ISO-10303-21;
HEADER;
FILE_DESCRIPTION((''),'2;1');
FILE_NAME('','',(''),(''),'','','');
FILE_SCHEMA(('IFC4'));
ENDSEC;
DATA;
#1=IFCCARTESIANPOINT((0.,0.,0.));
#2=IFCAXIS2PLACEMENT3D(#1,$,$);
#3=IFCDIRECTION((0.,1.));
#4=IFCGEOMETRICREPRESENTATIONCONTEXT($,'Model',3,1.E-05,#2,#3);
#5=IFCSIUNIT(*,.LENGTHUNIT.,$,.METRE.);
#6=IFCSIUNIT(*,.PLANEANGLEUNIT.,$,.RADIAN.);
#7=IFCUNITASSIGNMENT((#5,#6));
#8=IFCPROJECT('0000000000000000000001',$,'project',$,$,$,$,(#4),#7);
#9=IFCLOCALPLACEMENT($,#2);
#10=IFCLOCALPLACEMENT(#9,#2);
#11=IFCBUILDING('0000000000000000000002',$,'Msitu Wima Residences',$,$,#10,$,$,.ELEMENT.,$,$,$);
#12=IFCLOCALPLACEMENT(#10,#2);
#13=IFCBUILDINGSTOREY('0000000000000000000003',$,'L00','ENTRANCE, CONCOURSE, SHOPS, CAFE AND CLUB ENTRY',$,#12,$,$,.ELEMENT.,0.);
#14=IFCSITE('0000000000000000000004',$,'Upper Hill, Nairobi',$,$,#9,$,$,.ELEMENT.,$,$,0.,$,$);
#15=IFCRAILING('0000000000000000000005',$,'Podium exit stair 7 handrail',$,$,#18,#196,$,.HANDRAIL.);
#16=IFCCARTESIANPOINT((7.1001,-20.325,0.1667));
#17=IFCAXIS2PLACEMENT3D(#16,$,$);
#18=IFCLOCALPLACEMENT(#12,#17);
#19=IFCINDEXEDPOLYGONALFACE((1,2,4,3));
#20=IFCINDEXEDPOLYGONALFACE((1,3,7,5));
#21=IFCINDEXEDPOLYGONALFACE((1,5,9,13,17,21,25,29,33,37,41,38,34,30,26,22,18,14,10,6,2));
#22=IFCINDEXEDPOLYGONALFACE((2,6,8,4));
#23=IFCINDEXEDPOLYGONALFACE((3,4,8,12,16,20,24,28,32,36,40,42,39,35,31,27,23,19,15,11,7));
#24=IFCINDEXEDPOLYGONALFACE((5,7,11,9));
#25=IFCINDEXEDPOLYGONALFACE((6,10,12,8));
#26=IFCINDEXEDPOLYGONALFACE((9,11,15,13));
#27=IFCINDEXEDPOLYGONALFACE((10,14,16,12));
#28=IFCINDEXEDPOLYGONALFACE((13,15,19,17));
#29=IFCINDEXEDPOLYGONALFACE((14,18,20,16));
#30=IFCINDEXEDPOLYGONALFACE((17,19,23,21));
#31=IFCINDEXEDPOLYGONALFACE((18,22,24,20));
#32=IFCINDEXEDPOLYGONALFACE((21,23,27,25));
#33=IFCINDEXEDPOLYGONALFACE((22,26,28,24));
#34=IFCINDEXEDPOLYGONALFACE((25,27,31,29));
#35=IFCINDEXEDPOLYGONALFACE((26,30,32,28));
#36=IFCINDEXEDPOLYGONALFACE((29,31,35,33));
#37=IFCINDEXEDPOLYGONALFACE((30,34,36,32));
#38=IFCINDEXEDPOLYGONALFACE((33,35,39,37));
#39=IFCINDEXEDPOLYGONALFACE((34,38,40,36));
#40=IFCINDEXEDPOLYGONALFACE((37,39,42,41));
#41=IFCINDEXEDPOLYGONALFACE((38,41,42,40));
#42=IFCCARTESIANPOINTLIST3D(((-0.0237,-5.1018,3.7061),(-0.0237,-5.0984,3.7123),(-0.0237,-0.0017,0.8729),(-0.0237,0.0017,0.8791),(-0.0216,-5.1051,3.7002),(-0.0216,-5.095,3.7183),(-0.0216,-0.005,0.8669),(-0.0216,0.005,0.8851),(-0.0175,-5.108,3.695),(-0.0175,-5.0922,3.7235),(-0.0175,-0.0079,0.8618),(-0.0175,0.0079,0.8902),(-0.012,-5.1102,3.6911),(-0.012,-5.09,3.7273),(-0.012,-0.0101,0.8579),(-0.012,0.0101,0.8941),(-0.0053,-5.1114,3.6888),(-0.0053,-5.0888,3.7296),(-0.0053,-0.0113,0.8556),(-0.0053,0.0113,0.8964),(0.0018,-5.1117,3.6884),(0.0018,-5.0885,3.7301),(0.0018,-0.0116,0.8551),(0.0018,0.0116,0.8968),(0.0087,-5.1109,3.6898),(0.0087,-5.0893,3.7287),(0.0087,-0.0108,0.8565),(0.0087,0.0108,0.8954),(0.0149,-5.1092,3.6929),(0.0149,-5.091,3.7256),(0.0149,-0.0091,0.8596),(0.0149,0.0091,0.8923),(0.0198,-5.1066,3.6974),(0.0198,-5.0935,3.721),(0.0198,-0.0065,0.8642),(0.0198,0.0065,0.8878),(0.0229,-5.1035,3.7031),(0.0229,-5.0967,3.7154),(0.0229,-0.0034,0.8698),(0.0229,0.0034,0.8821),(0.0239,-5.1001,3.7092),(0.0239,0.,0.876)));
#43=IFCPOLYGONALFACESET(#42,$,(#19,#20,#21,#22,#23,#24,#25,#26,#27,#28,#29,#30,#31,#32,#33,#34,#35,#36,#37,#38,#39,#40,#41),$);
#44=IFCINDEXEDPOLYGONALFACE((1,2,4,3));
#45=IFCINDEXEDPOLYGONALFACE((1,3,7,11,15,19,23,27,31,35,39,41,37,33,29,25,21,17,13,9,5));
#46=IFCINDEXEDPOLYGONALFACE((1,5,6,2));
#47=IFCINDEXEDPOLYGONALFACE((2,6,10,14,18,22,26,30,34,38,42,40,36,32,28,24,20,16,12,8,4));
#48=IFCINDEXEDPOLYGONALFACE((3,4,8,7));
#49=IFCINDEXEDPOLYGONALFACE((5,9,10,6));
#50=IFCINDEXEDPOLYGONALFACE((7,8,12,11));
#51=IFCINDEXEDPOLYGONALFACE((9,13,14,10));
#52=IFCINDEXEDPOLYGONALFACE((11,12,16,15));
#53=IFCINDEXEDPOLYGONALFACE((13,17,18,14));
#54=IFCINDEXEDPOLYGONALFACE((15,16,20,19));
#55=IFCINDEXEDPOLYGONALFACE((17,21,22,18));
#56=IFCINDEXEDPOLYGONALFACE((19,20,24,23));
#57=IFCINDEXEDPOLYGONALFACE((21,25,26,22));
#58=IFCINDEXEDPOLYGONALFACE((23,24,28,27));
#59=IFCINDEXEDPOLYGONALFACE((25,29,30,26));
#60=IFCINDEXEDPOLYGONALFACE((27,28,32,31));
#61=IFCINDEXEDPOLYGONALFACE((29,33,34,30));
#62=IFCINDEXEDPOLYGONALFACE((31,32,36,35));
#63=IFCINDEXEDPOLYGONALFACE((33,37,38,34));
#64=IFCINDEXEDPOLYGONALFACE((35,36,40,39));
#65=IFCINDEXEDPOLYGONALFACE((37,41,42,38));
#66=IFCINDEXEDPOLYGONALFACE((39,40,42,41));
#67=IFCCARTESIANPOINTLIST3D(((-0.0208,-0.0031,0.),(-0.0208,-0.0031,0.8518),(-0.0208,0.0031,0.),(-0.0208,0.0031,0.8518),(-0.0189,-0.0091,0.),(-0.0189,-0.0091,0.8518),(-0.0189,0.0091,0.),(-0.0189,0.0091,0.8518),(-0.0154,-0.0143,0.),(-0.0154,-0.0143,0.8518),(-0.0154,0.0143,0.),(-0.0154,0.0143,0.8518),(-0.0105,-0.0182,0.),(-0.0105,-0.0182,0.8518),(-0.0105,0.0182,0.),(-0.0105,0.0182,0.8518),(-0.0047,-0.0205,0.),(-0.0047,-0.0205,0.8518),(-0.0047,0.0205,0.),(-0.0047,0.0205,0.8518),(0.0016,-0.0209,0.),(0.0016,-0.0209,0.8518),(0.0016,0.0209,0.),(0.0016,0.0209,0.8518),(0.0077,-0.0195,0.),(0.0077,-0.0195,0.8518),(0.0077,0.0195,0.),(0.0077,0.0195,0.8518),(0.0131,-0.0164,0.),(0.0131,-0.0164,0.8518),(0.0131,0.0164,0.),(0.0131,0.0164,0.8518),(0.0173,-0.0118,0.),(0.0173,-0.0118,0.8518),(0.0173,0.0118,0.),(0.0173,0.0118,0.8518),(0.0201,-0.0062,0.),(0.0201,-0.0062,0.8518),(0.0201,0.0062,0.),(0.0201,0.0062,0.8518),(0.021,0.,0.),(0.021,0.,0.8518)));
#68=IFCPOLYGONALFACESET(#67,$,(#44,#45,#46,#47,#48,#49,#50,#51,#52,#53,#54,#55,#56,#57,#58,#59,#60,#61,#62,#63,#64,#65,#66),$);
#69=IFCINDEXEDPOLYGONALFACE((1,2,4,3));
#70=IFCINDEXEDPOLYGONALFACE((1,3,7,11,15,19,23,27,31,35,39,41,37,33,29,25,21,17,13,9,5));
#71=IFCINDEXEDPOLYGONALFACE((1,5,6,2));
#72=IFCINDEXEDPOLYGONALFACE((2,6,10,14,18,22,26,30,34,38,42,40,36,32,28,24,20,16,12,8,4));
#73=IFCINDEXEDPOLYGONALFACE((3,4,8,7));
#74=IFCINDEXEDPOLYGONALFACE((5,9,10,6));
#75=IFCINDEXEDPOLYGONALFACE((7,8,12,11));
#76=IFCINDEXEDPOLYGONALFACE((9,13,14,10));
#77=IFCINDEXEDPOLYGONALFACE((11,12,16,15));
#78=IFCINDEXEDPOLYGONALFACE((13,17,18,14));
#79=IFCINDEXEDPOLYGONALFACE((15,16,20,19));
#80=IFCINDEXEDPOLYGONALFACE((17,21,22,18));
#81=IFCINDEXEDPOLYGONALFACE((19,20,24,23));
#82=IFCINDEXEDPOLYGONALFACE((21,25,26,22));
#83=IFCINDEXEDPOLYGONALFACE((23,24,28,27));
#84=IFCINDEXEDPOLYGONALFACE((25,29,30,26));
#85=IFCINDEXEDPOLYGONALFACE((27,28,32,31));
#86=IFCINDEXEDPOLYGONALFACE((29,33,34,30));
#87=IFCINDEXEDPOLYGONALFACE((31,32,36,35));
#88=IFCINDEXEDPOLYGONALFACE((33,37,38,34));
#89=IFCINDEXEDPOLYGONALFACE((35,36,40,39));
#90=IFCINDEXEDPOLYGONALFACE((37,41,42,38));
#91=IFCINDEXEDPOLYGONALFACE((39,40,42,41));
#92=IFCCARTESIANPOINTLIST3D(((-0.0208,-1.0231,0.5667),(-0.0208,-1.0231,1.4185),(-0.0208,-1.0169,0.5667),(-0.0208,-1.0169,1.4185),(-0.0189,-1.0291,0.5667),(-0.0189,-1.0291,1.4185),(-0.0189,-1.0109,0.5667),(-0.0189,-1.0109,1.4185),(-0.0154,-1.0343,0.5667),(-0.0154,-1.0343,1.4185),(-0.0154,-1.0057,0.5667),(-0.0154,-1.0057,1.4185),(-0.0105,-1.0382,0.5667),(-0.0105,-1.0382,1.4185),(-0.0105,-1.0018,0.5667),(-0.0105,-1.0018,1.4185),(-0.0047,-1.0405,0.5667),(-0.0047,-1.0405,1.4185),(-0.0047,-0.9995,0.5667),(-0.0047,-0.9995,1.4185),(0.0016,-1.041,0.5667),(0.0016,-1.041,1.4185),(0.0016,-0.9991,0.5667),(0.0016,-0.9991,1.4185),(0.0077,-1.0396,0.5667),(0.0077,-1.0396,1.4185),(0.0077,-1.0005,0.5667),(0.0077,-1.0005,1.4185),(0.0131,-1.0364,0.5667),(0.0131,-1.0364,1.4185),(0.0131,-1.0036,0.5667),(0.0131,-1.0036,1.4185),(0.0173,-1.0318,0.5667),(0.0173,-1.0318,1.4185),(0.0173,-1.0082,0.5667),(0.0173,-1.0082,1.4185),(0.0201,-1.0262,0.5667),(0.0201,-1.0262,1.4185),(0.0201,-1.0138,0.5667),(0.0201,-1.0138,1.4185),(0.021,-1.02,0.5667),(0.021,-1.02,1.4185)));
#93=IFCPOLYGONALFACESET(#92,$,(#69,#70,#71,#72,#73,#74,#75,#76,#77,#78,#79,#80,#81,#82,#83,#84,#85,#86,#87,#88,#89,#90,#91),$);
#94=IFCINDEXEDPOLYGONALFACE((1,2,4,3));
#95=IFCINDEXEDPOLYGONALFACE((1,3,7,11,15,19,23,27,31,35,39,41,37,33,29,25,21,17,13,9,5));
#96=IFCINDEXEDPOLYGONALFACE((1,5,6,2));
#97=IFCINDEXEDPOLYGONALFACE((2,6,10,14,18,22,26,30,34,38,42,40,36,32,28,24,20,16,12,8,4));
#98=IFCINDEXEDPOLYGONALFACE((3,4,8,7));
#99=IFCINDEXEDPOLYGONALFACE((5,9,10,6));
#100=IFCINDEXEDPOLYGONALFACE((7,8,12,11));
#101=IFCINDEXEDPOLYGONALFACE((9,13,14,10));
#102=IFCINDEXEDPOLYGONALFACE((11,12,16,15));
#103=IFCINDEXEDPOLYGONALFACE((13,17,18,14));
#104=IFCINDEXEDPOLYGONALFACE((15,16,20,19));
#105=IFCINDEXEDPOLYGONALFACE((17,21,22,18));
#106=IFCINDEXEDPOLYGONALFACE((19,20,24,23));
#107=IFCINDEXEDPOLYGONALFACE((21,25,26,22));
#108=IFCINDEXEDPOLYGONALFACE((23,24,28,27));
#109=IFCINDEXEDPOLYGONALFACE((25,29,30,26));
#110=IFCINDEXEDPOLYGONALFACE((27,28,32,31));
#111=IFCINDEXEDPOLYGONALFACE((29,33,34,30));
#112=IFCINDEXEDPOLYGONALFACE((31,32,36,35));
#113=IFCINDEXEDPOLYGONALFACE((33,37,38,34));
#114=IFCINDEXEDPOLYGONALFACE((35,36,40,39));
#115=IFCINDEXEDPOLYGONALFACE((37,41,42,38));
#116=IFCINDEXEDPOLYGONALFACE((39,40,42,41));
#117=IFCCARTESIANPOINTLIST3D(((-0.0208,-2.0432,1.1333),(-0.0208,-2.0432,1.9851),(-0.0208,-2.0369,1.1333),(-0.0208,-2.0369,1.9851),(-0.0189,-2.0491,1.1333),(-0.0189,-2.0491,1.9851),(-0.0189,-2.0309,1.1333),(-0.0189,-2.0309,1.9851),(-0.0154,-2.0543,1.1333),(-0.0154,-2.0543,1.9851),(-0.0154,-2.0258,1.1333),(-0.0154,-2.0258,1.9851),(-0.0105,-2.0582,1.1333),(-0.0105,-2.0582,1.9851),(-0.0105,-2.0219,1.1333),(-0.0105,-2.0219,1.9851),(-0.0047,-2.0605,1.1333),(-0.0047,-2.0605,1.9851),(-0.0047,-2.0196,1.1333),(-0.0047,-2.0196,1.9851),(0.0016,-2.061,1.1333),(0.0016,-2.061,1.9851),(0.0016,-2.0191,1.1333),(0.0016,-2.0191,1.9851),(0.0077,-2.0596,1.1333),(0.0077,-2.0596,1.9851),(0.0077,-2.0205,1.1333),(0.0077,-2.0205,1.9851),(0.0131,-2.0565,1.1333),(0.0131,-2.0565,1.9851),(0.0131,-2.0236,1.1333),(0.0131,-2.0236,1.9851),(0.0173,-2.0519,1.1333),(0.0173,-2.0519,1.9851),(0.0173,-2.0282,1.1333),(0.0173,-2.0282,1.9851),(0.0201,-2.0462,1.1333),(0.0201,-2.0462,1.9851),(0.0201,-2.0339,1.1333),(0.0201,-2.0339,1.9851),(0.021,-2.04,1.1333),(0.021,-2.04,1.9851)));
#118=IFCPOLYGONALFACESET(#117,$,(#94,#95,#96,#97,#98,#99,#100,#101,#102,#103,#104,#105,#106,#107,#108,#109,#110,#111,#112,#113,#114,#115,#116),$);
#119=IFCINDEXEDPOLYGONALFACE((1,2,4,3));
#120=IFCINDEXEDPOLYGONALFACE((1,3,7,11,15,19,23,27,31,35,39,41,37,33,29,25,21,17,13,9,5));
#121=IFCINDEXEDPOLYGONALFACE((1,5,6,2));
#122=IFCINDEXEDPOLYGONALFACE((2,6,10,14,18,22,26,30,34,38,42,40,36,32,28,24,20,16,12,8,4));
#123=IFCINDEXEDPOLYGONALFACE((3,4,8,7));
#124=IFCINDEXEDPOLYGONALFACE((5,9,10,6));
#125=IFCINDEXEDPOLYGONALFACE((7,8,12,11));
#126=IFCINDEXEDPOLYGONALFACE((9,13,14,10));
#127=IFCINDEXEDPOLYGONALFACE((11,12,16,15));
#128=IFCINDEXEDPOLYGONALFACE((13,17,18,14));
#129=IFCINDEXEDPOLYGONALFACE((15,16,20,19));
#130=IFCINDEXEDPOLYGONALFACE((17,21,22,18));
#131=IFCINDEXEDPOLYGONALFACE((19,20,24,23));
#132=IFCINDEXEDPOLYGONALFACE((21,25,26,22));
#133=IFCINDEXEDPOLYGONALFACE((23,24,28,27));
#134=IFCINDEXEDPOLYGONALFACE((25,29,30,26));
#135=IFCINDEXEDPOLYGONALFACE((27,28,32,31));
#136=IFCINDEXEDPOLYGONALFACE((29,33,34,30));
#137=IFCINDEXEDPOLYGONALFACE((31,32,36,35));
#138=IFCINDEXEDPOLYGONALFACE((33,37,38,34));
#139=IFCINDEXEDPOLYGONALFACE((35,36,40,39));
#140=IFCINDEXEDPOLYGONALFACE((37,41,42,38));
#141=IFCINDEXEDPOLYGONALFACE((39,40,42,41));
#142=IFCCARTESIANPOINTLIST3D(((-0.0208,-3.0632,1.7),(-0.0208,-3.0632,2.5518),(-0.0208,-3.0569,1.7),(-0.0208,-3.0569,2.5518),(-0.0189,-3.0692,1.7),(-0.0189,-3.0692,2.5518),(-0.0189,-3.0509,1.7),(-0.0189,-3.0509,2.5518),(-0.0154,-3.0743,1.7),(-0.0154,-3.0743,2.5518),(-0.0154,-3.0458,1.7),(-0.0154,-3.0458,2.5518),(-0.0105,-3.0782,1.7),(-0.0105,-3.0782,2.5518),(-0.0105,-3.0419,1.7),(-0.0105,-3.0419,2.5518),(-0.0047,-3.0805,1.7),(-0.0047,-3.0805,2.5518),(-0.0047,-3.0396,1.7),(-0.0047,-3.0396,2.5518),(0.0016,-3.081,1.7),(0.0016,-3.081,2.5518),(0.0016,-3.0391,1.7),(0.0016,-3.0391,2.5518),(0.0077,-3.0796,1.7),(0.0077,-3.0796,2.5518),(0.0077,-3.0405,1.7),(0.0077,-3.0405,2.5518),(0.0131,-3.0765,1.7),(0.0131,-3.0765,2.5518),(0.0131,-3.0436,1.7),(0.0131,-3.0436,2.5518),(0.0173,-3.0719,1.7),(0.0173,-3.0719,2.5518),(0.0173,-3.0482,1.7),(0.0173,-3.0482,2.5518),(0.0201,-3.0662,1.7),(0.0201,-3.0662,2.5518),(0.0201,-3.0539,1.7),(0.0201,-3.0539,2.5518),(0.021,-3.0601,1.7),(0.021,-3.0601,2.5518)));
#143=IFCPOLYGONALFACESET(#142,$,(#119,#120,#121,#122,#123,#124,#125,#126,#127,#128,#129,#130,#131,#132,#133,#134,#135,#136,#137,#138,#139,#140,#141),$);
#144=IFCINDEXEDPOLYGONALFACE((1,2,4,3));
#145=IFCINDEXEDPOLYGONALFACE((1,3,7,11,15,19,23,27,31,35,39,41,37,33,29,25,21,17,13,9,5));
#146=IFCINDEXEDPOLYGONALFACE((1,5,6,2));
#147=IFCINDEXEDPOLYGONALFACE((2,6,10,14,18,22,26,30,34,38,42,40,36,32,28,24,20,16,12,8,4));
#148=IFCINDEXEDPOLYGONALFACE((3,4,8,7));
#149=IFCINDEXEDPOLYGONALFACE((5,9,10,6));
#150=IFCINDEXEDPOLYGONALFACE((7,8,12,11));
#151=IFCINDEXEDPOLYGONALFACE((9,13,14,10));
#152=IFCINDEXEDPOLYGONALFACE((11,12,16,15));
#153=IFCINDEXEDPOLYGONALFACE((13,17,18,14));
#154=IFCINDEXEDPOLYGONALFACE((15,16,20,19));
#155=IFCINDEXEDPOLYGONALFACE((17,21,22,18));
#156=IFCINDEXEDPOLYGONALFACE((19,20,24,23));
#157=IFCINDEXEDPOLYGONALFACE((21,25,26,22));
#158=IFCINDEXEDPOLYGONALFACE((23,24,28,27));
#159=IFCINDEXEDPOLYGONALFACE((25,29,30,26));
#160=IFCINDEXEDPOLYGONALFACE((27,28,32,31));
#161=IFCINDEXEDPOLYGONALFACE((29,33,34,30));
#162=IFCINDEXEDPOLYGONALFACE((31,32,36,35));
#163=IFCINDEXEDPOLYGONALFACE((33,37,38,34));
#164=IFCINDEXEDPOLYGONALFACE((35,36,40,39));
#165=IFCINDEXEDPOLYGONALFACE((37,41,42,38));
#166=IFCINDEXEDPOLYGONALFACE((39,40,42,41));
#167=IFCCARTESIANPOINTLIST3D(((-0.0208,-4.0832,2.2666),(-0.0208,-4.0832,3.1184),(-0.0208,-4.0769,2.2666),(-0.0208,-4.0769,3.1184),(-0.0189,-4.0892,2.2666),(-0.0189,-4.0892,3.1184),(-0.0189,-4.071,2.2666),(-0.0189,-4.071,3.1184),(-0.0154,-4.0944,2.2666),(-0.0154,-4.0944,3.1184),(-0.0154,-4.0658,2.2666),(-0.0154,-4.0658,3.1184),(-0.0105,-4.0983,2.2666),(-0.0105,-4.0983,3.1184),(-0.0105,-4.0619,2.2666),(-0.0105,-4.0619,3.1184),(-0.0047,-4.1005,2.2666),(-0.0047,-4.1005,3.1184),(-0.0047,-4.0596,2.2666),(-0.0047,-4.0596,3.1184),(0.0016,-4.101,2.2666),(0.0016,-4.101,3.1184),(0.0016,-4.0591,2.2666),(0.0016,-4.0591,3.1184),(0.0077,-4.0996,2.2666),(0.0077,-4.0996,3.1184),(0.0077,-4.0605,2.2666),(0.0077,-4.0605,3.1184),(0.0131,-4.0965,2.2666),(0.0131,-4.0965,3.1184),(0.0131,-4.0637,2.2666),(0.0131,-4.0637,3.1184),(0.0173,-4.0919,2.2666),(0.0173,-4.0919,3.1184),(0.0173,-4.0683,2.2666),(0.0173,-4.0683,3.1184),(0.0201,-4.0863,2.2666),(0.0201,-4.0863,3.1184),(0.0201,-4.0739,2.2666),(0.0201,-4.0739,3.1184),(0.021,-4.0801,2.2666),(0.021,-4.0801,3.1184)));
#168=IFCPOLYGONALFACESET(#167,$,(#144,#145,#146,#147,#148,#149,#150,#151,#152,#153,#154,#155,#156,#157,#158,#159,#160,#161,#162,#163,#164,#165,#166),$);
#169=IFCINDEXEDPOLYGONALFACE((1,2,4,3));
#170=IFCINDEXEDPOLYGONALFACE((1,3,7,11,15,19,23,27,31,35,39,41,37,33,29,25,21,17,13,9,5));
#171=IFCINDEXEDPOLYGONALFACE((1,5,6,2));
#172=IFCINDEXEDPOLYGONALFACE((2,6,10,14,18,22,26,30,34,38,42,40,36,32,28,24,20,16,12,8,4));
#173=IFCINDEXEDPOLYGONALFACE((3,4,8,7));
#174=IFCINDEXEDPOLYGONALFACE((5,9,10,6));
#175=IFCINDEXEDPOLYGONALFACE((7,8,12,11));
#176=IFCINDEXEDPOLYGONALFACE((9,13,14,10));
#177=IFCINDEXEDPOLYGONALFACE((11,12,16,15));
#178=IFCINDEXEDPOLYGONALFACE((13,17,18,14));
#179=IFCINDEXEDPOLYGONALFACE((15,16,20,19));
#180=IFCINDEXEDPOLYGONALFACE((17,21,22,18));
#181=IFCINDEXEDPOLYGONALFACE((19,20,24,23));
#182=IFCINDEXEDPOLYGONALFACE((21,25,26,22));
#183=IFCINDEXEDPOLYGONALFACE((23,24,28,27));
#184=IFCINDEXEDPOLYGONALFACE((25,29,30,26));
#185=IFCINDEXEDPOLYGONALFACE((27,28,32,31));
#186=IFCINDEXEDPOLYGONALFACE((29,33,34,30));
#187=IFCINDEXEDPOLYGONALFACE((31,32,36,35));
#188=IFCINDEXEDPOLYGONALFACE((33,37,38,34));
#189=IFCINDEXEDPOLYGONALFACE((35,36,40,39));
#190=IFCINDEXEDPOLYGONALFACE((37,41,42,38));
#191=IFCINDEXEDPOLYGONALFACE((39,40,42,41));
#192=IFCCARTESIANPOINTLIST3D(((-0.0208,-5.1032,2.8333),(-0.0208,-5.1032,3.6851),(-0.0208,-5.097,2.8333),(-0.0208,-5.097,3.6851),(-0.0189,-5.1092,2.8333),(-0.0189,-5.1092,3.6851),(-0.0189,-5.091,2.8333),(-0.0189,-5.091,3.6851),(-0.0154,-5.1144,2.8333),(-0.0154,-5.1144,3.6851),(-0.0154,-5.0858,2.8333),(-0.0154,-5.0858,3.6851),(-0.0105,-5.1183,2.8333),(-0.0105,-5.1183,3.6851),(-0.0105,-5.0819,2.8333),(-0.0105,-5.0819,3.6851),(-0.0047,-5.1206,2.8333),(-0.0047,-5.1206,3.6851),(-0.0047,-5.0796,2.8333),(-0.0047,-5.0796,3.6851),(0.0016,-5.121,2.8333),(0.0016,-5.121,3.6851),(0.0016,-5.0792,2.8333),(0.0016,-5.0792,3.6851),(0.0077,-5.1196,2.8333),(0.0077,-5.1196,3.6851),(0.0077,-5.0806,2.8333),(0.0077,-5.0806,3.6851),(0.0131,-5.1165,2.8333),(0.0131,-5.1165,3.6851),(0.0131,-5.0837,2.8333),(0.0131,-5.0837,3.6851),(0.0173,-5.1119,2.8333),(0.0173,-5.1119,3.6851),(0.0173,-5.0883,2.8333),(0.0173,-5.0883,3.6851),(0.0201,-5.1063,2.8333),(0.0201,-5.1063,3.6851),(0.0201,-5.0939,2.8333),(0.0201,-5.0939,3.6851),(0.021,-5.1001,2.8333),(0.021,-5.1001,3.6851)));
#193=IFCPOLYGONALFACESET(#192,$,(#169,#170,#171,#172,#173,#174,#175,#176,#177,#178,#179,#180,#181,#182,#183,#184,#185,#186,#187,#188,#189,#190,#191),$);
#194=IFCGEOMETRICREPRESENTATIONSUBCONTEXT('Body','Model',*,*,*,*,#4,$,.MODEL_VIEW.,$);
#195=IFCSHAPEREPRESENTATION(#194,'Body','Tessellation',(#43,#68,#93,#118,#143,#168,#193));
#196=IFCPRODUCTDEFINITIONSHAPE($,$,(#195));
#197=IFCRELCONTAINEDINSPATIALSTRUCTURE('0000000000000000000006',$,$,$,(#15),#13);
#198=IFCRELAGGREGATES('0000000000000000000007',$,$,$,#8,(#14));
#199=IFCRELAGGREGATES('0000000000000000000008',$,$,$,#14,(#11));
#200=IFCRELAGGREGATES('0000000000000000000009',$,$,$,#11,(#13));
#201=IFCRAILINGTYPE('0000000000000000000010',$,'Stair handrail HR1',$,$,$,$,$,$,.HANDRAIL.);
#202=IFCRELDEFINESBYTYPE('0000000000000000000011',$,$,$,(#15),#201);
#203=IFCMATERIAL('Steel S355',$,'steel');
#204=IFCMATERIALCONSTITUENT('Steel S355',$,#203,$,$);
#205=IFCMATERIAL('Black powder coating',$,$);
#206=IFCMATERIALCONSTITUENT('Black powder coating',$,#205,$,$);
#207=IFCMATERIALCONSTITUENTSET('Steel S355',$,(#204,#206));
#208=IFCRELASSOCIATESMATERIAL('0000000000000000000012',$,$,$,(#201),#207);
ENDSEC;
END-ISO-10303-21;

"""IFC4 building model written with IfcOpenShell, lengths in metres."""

from ifc_helpers import new_model, si_unit, direction, frame, origin, origin_2d, place, context, subcontext, project, spatial, circle, extrude, material, constituent, constituent_set, type_object, element, save


model = new_model("IFC4")

# Units and contexts
model_context = context("Model", 3, precision=1e-05, world=origin(), true_north=direction((0.0, 1.0)))
body_context = subcontext(model_context, "Body", "Model", "MODEL_VIEW")
ifc_project = project(units=[si_unit("LENGTHUNIT", "METRE"), si_unit("PLANEANGLEUNIT", "RADIAN")], contexts=[model_context])

# Site, building, storey
site_placement = place(None, origin())
site = spatial("IfcSite", under=ifc_project, at=site_placement, Name="Upper Hill, Nairobi", CompositionType="ELEMENT", RefElevation=0.0)
building_placement = place(site_placement, origin())
building = spatial("IfcBuilding", under=site, at=building_placement, Name="Msitu Wima Residences", CompositionType="ELEMENT")
storey_placement = place(building_placement, origin())
storey = spatial("IfcBuildingStorey", under=building, at=storey_placement, Name="L00", Description="ENTRANCE, CONCOURSE, SHOPS, CAFE AND CLUB ENTRY", CompositionType="ELEMENT", Elevation=0.0)

# Railing
ifc_material_1 = material(Name="Steel S355", Category="steel")
ifc_constituent_1 = constituent(ifc_material_1, Name="Steel S355")
ifc_material_2 = material(Name="Black powder coating")
ifc_constituent_2 = constituent(ifc_material_2, Name="Black powder coating")
ifc_constituent_set = constituent_set(constituents=[ifc_constituent_1, ifc_constituent_2], Name="Steel S355")
railing_type = type_object("IfcRailingType", Name="Stair handrail HR1", PredefinedType="HANDRAIL", material=ifc_constituent_set)
for number, where, name in (
    (1, (7.1001, -20.325, 0.1667), "Podium exit stair 7 handrail"),
):
    element("IfcRailing", number, at=place(storey_placement, frame(where)), inside=storey, type_object=railing_type, Name=name, PredefinedType="HANDRAIL", context=body_context, shape_type="SweptSolid", body=[
        extrude(circle(Radius=0.0239, at=origin_2d()), frame((0.0, 0.0, 0.876), z_axis=(0.0, -0.874167, 0.485625), x_axis=(1.0, 0.0, 0.0)), (0.0, 0.0, 1.0), 5.8342),
        extrude(circle(Radius=0.021, at=origin_2d()), origin(), (0.0, 0.0, 1.0), 0.8518),
        extrude(circle(Radius=0.021, at=origin_2d()), frame((0.0, -1.02, 0.5667)), (0.0, 0.0, 1.0), 0.8518),
        extrude(circle(Radius=0.021, at=origin_2d()), frame((0.0, -2.04, 1.1333)), (0.0, 0.0, 1.0), 0.8518),
        extrude(circle(Radius=0.021, at=origin_2d()), frame((0.0, -3.0601, 1.7)), (0.0, 0.0, 1.0), 0.8518),
        extrude(circle(Radius=0.021, at=origin_2d()), frame((0.0, -4.0801, 2.2666)), (0.0, 0.0, 1.0), 0.8518),
        extrude(circle(Radius=0.021, at=origin_2d()), frame((0.0, -5.1001, 2.8333)), (0.0, 0.0, 1.0), 0.8518),
    ])

save(model, "model.ifc")
